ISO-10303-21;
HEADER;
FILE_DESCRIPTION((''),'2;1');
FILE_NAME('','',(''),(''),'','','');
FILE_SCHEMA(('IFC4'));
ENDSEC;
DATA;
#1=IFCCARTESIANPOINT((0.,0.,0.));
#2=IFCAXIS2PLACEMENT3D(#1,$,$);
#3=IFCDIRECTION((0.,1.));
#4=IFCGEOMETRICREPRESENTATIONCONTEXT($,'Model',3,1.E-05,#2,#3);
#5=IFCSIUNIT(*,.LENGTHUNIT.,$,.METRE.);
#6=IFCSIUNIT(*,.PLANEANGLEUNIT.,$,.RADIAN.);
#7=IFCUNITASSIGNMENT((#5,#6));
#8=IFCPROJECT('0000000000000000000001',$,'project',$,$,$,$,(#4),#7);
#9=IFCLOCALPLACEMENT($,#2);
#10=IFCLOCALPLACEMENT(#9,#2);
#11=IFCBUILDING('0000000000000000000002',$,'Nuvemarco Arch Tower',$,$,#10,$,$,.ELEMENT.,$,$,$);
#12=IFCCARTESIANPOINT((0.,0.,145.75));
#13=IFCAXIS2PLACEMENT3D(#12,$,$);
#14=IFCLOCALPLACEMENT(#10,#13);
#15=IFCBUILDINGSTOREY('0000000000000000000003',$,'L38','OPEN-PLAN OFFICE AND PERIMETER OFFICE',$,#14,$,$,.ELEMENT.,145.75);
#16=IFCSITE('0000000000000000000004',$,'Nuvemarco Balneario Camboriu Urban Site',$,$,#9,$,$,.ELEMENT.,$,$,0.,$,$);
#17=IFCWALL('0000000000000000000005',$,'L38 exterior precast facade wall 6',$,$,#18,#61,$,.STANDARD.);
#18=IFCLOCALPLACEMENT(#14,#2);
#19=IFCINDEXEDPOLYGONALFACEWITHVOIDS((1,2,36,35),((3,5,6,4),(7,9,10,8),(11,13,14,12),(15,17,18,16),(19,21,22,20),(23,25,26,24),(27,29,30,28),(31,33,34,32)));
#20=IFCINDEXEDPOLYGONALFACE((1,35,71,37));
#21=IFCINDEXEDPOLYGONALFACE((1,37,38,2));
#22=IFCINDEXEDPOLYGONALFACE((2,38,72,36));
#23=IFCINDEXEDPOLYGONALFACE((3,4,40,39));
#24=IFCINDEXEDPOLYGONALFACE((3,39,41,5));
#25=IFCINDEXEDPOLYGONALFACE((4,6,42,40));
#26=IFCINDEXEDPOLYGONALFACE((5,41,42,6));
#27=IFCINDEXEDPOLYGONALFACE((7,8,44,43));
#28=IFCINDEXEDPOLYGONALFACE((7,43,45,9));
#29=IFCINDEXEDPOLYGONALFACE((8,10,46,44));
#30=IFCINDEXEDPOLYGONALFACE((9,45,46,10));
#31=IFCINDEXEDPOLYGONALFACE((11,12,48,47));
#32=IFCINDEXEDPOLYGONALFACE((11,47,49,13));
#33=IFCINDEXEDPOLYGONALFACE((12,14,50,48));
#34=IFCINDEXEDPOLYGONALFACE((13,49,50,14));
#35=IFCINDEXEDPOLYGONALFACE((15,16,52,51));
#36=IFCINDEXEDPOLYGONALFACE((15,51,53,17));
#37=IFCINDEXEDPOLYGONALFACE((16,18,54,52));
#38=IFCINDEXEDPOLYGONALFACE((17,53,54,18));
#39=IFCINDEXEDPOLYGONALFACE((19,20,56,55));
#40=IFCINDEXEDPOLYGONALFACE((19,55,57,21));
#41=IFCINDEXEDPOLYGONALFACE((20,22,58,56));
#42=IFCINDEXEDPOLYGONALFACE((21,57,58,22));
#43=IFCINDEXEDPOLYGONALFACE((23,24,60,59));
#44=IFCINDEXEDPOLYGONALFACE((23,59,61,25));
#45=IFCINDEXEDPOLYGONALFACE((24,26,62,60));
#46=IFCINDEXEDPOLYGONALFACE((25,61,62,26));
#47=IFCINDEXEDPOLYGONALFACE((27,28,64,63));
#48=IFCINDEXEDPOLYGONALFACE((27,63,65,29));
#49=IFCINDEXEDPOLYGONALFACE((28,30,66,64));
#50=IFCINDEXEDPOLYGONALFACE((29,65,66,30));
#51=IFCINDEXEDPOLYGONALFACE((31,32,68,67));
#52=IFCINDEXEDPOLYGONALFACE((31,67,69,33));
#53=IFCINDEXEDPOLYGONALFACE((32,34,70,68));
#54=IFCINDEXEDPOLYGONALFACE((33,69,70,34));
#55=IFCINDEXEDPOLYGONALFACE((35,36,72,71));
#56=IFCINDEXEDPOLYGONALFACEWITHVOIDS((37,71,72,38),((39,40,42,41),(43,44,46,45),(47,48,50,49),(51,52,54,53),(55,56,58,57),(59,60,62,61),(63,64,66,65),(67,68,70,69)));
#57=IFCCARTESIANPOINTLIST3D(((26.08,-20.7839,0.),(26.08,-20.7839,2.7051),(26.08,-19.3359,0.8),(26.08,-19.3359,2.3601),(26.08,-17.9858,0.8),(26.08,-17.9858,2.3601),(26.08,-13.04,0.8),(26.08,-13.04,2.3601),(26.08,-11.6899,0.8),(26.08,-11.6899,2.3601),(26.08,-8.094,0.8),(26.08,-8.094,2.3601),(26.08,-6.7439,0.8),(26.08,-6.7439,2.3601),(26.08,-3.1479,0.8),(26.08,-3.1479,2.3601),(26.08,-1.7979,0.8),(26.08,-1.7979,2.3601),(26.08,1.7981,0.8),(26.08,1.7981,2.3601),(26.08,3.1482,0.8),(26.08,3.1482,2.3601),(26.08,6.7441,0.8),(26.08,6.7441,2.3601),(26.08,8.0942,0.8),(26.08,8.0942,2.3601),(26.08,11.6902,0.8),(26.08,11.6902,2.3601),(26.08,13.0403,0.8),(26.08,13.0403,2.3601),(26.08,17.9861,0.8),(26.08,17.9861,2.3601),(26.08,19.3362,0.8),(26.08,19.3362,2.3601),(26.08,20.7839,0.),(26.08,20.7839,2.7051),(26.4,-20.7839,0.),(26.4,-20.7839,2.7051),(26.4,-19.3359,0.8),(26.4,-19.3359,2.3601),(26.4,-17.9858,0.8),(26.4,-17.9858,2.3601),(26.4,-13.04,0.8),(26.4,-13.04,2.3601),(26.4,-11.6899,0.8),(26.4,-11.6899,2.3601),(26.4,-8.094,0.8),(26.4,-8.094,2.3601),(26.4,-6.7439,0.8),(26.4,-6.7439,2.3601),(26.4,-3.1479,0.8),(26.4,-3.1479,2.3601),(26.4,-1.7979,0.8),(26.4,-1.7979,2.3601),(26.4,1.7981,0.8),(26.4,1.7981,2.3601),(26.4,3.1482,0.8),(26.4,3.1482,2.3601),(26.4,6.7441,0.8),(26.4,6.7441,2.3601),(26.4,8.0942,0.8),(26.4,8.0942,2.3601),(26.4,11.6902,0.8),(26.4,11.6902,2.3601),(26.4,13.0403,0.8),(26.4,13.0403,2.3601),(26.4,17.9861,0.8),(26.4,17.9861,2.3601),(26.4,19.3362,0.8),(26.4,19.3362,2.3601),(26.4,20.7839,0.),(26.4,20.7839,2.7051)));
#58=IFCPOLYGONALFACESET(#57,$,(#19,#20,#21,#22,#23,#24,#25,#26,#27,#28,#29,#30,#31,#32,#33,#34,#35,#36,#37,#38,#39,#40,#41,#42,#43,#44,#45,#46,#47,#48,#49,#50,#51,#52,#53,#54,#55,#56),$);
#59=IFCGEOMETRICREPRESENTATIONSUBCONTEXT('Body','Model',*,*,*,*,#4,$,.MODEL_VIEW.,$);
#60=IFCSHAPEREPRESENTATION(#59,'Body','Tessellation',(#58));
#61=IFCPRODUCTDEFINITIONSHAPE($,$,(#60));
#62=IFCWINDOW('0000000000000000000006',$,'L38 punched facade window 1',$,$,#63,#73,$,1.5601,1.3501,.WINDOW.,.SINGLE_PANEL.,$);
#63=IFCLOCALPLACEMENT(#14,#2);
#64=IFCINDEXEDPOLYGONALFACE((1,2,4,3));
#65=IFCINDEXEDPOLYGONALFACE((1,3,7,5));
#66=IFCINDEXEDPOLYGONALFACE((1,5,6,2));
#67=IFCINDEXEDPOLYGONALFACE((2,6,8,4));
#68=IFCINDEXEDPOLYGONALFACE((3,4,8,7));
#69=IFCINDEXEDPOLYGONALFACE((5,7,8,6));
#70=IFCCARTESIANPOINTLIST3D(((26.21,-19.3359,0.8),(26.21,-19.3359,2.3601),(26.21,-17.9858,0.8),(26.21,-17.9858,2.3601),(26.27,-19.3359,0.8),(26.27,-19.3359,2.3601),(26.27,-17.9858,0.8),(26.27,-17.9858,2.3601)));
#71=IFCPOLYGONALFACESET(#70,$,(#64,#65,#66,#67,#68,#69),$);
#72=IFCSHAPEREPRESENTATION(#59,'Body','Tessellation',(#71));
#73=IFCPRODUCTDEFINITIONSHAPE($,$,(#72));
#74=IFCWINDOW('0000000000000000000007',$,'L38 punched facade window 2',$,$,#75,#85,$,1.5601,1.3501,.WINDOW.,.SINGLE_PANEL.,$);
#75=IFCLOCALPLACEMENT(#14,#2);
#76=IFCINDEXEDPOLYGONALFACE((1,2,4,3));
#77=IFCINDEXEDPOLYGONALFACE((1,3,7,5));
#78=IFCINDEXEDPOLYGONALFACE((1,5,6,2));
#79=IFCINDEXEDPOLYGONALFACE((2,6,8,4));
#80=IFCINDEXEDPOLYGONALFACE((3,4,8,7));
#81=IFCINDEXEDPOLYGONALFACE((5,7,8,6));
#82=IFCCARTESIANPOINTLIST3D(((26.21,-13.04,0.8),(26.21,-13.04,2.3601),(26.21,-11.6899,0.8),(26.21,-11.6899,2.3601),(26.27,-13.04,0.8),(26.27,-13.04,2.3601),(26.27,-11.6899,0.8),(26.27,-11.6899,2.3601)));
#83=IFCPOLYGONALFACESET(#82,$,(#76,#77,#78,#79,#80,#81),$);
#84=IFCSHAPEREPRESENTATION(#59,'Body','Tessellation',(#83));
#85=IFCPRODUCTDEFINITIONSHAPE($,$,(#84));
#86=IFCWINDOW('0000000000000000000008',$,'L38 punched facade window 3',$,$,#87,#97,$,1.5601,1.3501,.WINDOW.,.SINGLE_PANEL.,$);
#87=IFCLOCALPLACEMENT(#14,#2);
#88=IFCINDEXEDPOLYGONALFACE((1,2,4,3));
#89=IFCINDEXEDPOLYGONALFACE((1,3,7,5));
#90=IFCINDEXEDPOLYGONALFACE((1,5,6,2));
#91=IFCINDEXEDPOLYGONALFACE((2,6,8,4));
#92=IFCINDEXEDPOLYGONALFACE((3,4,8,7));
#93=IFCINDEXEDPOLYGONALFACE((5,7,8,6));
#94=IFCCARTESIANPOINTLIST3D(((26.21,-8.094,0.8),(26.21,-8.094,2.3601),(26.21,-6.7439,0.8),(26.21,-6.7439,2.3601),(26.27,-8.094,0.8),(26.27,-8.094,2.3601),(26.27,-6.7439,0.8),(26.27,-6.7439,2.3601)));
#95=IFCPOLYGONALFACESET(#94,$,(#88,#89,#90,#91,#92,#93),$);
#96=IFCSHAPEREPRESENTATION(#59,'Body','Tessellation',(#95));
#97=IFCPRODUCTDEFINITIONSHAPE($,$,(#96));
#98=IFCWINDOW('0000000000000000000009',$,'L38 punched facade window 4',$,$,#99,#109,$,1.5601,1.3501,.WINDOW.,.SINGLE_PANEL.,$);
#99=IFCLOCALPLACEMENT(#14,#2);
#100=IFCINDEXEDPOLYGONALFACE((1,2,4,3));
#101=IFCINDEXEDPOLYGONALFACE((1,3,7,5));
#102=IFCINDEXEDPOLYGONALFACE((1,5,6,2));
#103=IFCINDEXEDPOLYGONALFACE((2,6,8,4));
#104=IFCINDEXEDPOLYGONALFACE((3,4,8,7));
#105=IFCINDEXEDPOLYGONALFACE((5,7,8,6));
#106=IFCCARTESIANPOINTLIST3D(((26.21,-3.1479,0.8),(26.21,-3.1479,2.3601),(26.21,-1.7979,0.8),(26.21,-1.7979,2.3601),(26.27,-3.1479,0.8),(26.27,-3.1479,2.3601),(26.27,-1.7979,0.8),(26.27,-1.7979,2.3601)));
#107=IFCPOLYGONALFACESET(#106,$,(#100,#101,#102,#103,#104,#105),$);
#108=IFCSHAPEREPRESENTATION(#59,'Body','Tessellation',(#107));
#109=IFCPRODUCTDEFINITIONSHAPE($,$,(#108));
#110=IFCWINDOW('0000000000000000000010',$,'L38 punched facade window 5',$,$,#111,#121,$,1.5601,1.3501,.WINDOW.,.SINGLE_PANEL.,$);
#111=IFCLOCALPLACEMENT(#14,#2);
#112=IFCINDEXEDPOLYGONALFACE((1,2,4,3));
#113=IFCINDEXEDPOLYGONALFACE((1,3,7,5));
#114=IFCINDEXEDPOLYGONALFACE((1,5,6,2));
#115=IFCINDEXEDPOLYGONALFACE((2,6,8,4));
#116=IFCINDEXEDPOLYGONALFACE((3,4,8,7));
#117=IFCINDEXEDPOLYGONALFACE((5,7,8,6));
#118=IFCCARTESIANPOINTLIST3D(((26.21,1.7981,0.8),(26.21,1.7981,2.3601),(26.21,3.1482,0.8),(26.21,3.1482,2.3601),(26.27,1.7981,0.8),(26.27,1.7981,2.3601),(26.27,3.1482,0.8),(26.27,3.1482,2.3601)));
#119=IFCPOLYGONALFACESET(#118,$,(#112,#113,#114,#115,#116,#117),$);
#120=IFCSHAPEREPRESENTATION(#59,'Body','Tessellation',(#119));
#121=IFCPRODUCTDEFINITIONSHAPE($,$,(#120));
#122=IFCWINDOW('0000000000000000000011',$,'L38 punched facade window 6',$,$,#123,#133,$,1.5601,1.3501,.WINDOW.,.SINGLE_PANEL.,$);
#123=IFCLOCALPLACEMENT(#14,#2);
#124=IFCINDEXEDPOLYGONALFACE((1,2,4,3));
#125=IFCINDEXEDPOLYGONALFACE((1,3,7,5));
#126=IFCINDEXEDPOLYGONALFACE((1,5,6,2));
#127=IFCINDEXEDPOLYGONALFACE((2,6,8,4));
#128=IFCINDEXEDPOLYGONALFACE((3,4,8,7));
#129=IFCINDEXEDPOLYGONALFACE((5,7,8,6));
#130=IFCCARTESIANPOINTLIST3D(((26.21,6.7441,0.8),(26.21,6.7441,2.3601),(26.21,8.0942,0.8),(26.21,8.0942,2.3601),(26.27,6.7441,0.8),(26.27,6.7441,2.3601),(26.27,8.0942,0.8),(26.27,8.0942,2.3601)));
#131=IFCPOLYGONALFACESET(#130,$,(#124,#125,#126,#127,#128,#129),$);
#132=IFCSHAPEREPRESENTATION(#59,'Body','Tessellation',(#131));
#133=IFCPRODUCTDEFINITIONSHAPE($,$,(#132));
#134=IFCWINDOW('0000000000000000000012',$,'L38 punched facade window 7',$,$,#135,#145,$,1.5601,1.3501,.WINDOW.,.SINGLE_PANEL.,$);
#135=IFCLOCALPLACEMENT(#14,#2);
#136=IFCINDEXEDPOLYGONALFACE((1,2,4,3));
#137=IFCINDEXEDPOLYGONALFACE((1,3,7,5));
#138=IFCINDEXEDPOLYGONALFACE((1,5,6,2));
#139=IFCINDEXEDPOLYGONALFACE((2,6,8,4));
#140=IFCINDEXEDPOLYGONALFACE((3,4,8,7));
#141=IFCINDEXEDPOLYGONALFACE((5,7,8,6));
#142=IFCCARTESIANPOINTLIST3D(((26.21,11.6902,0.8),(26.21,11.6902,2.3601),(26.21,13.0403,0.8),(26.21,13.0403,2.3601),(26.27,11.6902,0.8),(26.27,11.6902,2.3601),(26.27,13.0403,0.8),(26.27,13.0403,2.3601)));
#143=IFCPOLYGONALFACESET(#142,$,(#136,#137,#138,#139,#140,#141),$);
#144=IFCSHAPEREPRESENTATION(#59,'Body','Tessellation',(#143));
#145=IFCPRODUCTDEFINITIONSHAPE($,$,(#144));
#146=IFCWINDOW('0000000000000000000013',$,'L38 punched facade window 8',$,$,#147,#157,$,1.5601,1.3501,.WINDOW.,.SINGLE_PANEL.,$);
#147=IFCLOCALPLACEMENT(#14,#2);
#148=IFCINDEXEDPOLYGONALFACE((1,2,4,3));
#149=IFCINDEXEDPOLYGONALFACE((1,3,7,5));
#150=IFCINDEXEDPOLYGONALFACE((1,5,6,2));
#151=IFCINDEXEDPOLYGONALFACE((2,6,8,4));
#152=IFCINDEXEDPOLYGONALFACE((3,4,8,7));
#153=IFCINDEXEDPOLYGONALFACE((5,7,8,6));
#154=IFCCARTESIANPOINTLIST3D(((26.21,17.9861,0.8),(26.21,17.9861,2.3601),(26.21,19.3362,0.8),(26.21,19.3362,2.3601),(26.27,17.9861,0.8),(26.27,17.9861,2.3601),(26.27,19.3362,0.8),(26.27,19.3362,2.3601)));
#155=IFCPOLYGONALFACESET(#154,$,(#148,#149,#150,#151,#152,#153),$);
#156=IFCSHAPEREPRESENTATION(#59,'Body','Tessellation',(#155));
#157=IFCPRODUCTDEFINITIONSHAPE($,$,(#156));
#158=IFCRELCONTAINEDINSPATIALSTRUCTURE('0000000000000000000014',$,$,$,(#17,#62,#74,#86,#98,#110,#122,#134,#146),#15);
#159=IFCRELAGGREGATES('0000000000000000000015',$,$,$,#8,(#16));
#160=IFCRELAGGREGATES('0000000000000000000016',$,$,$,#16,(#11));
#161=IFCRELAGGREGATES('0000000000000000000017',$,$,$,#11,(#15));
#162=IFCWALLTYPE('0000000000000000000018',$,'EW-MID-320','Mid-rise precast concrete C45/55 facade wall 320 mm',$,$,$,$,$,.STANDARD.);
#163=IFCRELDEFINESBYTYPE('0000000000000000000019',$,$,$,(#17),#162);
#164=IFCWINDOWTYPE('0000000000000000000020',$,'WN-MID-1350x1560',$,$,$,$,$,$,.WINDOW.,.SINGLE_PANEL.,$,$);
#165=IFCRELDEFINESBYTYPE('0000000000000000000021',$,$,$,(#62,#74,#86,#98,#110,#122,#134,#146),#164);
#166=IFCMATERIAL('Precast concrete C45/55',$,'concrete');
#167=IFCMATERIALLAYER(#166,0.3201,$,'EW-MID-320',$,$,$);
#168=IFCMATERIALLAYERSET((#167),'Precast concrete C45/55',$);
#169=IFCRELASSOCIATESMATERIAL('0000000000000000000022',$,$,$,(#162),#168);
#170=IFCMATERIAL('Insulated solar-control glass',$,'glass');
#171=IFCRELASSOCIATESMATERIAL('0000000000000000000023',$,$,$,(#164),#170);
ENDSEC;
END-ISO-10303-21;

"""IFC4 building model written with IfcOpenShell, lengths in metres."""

from ifc_helpers import new_model, si_unit, direction, frame, frame_2d, origin, place, context, subcontext, project, spatial, rectangle, extrude, source, transform, mapped, material, layer, layer_set, type_object, type_shapes, element, fill, save


model = new_model("IFC4")

# Units and contexts
model_context = context("Model", 3, precision=1e-05, world=origin(), true_north=direction((0.0, 1.0)))
body_context = subcontext(model_context, "Body", "Model", "MODEL_VIEW")
ifc_project = project(units=[si_unit("LENGTHUNIT", "METRE"), si_unit("PLANEANGLEUNIT", "RADIAN")], contexts=[model_context])

# Site, building, storey
site_placement = place(None, origin())
site = spatial("IfcSite", under=ifc_project, at=site_placement, Name="Nuvemarco Balneario Camboriu Urban Site", CompositionType="ELEMENT", RefElevation=0.0)
building_placement = place(site_placement, origin())
building = spatial("IfcBuilding", under=site, at=building_placement, Name="Nuvemarco Arch Tower", CompositionType="ELEMENT")
storey_placement = place(building_placement, frame((0.0, 0.0, 145.75)))
storey = spatial("IfcBuildingStorey", under=building, at=storey_placement, Name="L38", Description="OPEN-PLAN OFFICE AND PERIMETER OFFICE", CompositionType="ELEMENT", Elevation=145.75)

# Shared definitions
ifc_material_1 = material(Name="Precast concrete C45/55", Category="concrete")

# Shared definitions
ifc_layer_1 = layer(ifc_material_1, 0.3201, Name="EW-MID-320")
ifc_layer_set_1 = layer_set([ifc_layer_1], Name="Precast concrete C45/55")
wall_type_1 = type_object("IfcWallType", Name="EW-MID-320", Description="Mid-rise precast concrete C45/55 facade wall 320 mm", PredefinedType="STANDARD", material=ifc_layer_set_1)

# Wall, openings, windows
wall_1_placement = place(storey_placement, frame((26.24, -20.7839, 0.0), z_axis=(0.0, 0.0, 1.0), x_axis=(0.0, 1.0, 0.0)))
wall_1 = element("IfcWall", 1, at=wall_1_placement, inside=storey, type_object=wall_type_1, Name="L38 exterior precast facade wall 6", PredefinedType="STANDARD", context=body_context, shape_type="SweptSolid", body=[
    extrude(rectangle(XDim=41.5679, YDim=0.3201, at=frame_2d((20.7839, 0.0))), origin(), (0.0, 0.0, 1.0), 2.7051),
])
opening_1_placement = place(wall_1_placement, frame((1.448, 0.0, 0.8)))
opening_1 = element("IfcOpeningElement", 2, at=opening_1_placement, cuts=wall_1, PredefinedType="OPENING", context=body_context, shape_type="SweptSolid", body=[
    extrude(rectangle(XDim=1.3501, YDim=1.5601, at=frame_2d((0.675, 0.78))), frame((0.0, 0.1699, 0.0), z_axis=(0.0, -1.0, 0.0), x_axis=(1.0, 0.0, 0.0)), (0.0, 0.0, 1.0), 0.3401),
])
opening_2_placement = place(wall_1_placement, frame((7.7439, 0.0, 0.8)))
opening_2 = element("IfcOpeningElement", 3, at=opening_2_placement, cuts=wall_1, PredefinedType="OPENING", context=body_context, shape_type="SweptSolid", body=[
    extrude(rectangle(XDim=1.3501, YDim=1.5601, at=frame_2d((0.675, 0.78))), frame((0.0, 0.1699, 0.0), z_axis=(0.0, -1.0, 0.0), x_axis=(1.0, 0.0, 0.0)), (0.0, 0.0, 1.0), 0.3401),
])
opening_3_placement = place(wall_1_placement, frame((12.6899, 0.0, 0.8)))
opening_3 = element("IfcOpeningElement", 4, at=opening_3_placement, cuts=wall_1, PredefinedType="OPENING", context=body_context, shape_type="SweptSolid", body=[
    extrude(rectangle(XDim=1.3501, YDim=1.5601, at=frame_2d((0.675, 0.78))), frame((0.0, 0.1699, 0.0), z_axis=(0.0, -1.0, 0.0), x_axis=(1.0, 0.0, 0.0)), (0.0, 0.0, 1.0), 0.3401),
])
opening_4_placement = place(wall_1_placement, frame((17.636, 0.0, 0.8)))
opening_4 = element("IfcOpeningElement", 5, at=opening_4_placement, cuts=wall_1, PredefinedType="OPENING", context=body_context, shape_type="SweptSolid", body=[
    extrude(rectangle(XDim=1.3501, YDim=1.5601, at=frame_2d((0.675, 0.78))), frame((0.0, 0.1699, 0.0), z_axis=(0.0, -1.0, 0.0), x_axis=(1.0, 0.0, 0.0)), (0.0, 0.0, 1.0), 0.3401),
])
opening_5_placement = place(wall_1_placement, frame((22.582, 0.0, 0.8)))
opening_5 = element("IfcOpeningElement", 6, at=opening_5_placement, cuts=wall_1, PredefinedType="OPENING", context=body_context, shape_type="SweptSolid", body=[
    extrude(rectangle(XDim=1.3501, YDim=1.5601, at=frame_2d((0.675, 0.78))), frame((0.0, 0.1699, 0.0), z_axis=(0.0, -1.0, 0.0), x_axis=(1.0, 0.0, 0.0)), (0.0, 0.0, 1.0), 0.3401),
])
opening_6_placement = place(wall_1_placement, frame((27.5281, 0.0, 0.8)))
opening_6 = element("IfcOpeningElement", 7, at=opening_6_placement, cuts=wall_1, PredefinedType="OPENING", context=body_context, shape_type="SweptSolid", body=[
    extrude(rectangle(XDim=1.3501, YDim=1.5601, at=frame_2d((0.675, 0.78))), frame((0.0, 0.1699, 0.0), z_axis=(0.0, -1.0, 0.0), x_axis=(1.0, 0.0, 0.0)), (0.0, 0.0, 1.0), 0.3401),
])
opening_7_placement = place(wall_1_placement, frame((32.4741, 0.0, 0.8)))
opening_7 = element("IfcOpeningElement", 8, at=opening_7_placement, cuts=wall_1, PredefinedType="OPENING", context=body_context, shape_type="SweptSolid", body=[
    extrude(rectangle(XDim=1.3501, YDim=1.5601, at=frame_2d((0.675, 0.78))), frame((0.0, 0.1699, 0.0), z_axis=(0.0, -1.0, 0.0), x_axis=(1.0, 0.0, 0.0)), (0.0, 0.0, 1.0), 0.3401),
])
opening_8_placement = place(wall_1_placement, frame((38.77, 0.0, 0.8)))
opening_8 = element("IfcOpeningElement", 9, at=opening_8_placement, cuts=wall_1, PredefinedType="OPENING", context=body_context, shape_type="SweptSolid", body=[
    extrude(rectangle(XDim=1.3501, YDim=1.5601, at=frame_2d((0.675, 0.78))), frame((0.0, 0.1699, 0.0), z_axis=(0.0, -1.0, 0.0), x_axis=(1.0, 0.0, 0.0)), (0.0, 0.0, 1.0), 0.3401),
])
ifc_material_2 = material(Name="Insulated solar-control glass", Category="glass")
window_type = type_object("IfcWindowType", Name="WN-MID-1350x1560", PartitioningType="SINGLE_PANEL", PredefinedType="WINDOW", material=ifc_material_2)
shared_shape_1 = source(origin(), body_context, "Body", "SweptSolid", [
    extrude(rectangle(XDim=1.3501, YDim=1.5601, at=frame_2d((0.675, 0.78))), frame((0.0, 0.03, 0.0), z_axis=(0.0, -1.0, 0.0), x_axis=(1.0, 0.0, 0.0)), (0.0, 0.0, 1.0), 0.0601),
])
type_shapes(window_type, [shared_shape_1])
window_1_placement = place(opening_1_placement, origin())
window_1 = element("IfcWindow", 10, at=window_1_placement, inside=storey, type_object=window_type, Name="L38 punched facade window 1", OverallHeight=1.5601, OverallWidth=1.3501, PartitioningType="SINGLE_PANEL", PredefinedType="WINDOW", context=body_context, shape_type="MappedRepresentation", body=[
    mapped(shared_shape_1, transform((0.0, 0.0, 0.0), scale=1.0)),
])
fill(opening_1, window_1)
window_2_placement = place(opening_2_placement, origin())
window_2 = element("IfcWindow", 11, at=window_2_placement, inside=storey, type_object=window_type, Name="L38 punched facade window 2", OverallHeight=1.5601, OverallWidth=1.3501, PartitioningType="SINGLE_PANEL", PredefinedType="WINDOW", context=body_context, shape_type="MappedRepresentation", body=[
    mapped(shared_shape_1, transform((0.0, 0.0, 0.0), scale=1.0)),
])
fill(opening_2, window_2)
window_3_placement = place(opening_3_placement, origin())
window_3 = element("IfcWindow", 12, at=window_3_placement, inside=storey, type_object=window_type, Name="L38 punched facade window 3", OverallHeight=1.5601, OverallWidth=1.3501, PartitioningType="SINGLE_PANEL", PredefinedType="WINDOW", context=body_context, shape_type="MappedRepresentation", body=[
    mapped(shared_shape_1, transform((0.0, 0.0, 0.0), scale=1.0)),
])
fill(opening_3, window_3)
window_4_placement = place(opening_4_placement, origin())
window_4 = element("IfcWindow", 13, at=window_4_placement, inside=storey, type_object=window_type, Name="L38 punched facade window 4", OverallHeight=1.5601, OverallWidth=1.3501, PartitioningType="SINGLE_PANEL", PredefinedType="WINDOW", context=body_context, shape_type="MappedRepresentation", body=[
    mapped(shared_shape_1, transform((0.0, 0.0, 0.0), scale=1.0)),
])
fill(opening_4, window_4)
window_5_placement = place(opening_5_placement, origin())
window_5 = element("IfcWindow", 14, at=window_5_placement, inside=storey, type_object=window_type, Name="L38 punched facade window 5", OverallHeight=1.5601, OverallWidth=1.3501, PartitioningType="SINGLE_PANEL", PredefinedType="WINDOW", context=body_context, shape_type="MappedRepresentation", body=[
    mapped(shared_shape_1, transform((0.0, 0.0, 0.0), scale=1.0)),
])
fill(opening_5, window_5)
window_6_placement = place(opening_6_placement, origin())
window_6 = element("IfcWindow", 15, at=window_6_placement, inside=storey, type_object=window_type, Name="L38 punched facade window 6", OverallHeight=1.5601, OverallWidth=1.3501, PartitioningType="SINGLE_PANEL", PredefinedType="WINDOW", context=body_context, shape_type="MappedRepresentation", body=[
    mapped(shared_shape_1, transform((0.0, 0.0, 0.0), scale=1.0)),
])
fill(opening_6, window_6)
window_7_placement = place(opening_7_placement, origin())
window_7 = element("IfcWindow", 16, at=window_7_placement, inside=storey, type_object=window_type, Name="L38 punched facade window 7", OverallHeight=1.5601, OverallWidth=1.3501, PartitioningType="SINGLE_PANEL", PredefinedType="WINDOW", context=body_context, shape_type="MappedRepresentation", body=[
    mapped(shared_shape_1, transform((0.0, 0.0, 0.0), scale=1.0)),
])
fill(opening_7, window_7)
window_8_placement = place(opening_8_placement, origin())
window_8 = element("IfcWindow", 17, at=window_8_placement, inside=storey, type_object=window_type, Name="L38 punched facade window 8", OverallHeight=1.5601, OverallWidth=1.3501, PartitioningType="SINGLE_PANEL", PredefinedType="WINDOW", context=body_context, shape_type="MappedRepresentation", body=[
    mapped(shared_shape_1, transform((0.0, 0.0, 0.0), scale=1.0)),
])
fill(opening_8, window_8)

save(model, "model.ifc")
